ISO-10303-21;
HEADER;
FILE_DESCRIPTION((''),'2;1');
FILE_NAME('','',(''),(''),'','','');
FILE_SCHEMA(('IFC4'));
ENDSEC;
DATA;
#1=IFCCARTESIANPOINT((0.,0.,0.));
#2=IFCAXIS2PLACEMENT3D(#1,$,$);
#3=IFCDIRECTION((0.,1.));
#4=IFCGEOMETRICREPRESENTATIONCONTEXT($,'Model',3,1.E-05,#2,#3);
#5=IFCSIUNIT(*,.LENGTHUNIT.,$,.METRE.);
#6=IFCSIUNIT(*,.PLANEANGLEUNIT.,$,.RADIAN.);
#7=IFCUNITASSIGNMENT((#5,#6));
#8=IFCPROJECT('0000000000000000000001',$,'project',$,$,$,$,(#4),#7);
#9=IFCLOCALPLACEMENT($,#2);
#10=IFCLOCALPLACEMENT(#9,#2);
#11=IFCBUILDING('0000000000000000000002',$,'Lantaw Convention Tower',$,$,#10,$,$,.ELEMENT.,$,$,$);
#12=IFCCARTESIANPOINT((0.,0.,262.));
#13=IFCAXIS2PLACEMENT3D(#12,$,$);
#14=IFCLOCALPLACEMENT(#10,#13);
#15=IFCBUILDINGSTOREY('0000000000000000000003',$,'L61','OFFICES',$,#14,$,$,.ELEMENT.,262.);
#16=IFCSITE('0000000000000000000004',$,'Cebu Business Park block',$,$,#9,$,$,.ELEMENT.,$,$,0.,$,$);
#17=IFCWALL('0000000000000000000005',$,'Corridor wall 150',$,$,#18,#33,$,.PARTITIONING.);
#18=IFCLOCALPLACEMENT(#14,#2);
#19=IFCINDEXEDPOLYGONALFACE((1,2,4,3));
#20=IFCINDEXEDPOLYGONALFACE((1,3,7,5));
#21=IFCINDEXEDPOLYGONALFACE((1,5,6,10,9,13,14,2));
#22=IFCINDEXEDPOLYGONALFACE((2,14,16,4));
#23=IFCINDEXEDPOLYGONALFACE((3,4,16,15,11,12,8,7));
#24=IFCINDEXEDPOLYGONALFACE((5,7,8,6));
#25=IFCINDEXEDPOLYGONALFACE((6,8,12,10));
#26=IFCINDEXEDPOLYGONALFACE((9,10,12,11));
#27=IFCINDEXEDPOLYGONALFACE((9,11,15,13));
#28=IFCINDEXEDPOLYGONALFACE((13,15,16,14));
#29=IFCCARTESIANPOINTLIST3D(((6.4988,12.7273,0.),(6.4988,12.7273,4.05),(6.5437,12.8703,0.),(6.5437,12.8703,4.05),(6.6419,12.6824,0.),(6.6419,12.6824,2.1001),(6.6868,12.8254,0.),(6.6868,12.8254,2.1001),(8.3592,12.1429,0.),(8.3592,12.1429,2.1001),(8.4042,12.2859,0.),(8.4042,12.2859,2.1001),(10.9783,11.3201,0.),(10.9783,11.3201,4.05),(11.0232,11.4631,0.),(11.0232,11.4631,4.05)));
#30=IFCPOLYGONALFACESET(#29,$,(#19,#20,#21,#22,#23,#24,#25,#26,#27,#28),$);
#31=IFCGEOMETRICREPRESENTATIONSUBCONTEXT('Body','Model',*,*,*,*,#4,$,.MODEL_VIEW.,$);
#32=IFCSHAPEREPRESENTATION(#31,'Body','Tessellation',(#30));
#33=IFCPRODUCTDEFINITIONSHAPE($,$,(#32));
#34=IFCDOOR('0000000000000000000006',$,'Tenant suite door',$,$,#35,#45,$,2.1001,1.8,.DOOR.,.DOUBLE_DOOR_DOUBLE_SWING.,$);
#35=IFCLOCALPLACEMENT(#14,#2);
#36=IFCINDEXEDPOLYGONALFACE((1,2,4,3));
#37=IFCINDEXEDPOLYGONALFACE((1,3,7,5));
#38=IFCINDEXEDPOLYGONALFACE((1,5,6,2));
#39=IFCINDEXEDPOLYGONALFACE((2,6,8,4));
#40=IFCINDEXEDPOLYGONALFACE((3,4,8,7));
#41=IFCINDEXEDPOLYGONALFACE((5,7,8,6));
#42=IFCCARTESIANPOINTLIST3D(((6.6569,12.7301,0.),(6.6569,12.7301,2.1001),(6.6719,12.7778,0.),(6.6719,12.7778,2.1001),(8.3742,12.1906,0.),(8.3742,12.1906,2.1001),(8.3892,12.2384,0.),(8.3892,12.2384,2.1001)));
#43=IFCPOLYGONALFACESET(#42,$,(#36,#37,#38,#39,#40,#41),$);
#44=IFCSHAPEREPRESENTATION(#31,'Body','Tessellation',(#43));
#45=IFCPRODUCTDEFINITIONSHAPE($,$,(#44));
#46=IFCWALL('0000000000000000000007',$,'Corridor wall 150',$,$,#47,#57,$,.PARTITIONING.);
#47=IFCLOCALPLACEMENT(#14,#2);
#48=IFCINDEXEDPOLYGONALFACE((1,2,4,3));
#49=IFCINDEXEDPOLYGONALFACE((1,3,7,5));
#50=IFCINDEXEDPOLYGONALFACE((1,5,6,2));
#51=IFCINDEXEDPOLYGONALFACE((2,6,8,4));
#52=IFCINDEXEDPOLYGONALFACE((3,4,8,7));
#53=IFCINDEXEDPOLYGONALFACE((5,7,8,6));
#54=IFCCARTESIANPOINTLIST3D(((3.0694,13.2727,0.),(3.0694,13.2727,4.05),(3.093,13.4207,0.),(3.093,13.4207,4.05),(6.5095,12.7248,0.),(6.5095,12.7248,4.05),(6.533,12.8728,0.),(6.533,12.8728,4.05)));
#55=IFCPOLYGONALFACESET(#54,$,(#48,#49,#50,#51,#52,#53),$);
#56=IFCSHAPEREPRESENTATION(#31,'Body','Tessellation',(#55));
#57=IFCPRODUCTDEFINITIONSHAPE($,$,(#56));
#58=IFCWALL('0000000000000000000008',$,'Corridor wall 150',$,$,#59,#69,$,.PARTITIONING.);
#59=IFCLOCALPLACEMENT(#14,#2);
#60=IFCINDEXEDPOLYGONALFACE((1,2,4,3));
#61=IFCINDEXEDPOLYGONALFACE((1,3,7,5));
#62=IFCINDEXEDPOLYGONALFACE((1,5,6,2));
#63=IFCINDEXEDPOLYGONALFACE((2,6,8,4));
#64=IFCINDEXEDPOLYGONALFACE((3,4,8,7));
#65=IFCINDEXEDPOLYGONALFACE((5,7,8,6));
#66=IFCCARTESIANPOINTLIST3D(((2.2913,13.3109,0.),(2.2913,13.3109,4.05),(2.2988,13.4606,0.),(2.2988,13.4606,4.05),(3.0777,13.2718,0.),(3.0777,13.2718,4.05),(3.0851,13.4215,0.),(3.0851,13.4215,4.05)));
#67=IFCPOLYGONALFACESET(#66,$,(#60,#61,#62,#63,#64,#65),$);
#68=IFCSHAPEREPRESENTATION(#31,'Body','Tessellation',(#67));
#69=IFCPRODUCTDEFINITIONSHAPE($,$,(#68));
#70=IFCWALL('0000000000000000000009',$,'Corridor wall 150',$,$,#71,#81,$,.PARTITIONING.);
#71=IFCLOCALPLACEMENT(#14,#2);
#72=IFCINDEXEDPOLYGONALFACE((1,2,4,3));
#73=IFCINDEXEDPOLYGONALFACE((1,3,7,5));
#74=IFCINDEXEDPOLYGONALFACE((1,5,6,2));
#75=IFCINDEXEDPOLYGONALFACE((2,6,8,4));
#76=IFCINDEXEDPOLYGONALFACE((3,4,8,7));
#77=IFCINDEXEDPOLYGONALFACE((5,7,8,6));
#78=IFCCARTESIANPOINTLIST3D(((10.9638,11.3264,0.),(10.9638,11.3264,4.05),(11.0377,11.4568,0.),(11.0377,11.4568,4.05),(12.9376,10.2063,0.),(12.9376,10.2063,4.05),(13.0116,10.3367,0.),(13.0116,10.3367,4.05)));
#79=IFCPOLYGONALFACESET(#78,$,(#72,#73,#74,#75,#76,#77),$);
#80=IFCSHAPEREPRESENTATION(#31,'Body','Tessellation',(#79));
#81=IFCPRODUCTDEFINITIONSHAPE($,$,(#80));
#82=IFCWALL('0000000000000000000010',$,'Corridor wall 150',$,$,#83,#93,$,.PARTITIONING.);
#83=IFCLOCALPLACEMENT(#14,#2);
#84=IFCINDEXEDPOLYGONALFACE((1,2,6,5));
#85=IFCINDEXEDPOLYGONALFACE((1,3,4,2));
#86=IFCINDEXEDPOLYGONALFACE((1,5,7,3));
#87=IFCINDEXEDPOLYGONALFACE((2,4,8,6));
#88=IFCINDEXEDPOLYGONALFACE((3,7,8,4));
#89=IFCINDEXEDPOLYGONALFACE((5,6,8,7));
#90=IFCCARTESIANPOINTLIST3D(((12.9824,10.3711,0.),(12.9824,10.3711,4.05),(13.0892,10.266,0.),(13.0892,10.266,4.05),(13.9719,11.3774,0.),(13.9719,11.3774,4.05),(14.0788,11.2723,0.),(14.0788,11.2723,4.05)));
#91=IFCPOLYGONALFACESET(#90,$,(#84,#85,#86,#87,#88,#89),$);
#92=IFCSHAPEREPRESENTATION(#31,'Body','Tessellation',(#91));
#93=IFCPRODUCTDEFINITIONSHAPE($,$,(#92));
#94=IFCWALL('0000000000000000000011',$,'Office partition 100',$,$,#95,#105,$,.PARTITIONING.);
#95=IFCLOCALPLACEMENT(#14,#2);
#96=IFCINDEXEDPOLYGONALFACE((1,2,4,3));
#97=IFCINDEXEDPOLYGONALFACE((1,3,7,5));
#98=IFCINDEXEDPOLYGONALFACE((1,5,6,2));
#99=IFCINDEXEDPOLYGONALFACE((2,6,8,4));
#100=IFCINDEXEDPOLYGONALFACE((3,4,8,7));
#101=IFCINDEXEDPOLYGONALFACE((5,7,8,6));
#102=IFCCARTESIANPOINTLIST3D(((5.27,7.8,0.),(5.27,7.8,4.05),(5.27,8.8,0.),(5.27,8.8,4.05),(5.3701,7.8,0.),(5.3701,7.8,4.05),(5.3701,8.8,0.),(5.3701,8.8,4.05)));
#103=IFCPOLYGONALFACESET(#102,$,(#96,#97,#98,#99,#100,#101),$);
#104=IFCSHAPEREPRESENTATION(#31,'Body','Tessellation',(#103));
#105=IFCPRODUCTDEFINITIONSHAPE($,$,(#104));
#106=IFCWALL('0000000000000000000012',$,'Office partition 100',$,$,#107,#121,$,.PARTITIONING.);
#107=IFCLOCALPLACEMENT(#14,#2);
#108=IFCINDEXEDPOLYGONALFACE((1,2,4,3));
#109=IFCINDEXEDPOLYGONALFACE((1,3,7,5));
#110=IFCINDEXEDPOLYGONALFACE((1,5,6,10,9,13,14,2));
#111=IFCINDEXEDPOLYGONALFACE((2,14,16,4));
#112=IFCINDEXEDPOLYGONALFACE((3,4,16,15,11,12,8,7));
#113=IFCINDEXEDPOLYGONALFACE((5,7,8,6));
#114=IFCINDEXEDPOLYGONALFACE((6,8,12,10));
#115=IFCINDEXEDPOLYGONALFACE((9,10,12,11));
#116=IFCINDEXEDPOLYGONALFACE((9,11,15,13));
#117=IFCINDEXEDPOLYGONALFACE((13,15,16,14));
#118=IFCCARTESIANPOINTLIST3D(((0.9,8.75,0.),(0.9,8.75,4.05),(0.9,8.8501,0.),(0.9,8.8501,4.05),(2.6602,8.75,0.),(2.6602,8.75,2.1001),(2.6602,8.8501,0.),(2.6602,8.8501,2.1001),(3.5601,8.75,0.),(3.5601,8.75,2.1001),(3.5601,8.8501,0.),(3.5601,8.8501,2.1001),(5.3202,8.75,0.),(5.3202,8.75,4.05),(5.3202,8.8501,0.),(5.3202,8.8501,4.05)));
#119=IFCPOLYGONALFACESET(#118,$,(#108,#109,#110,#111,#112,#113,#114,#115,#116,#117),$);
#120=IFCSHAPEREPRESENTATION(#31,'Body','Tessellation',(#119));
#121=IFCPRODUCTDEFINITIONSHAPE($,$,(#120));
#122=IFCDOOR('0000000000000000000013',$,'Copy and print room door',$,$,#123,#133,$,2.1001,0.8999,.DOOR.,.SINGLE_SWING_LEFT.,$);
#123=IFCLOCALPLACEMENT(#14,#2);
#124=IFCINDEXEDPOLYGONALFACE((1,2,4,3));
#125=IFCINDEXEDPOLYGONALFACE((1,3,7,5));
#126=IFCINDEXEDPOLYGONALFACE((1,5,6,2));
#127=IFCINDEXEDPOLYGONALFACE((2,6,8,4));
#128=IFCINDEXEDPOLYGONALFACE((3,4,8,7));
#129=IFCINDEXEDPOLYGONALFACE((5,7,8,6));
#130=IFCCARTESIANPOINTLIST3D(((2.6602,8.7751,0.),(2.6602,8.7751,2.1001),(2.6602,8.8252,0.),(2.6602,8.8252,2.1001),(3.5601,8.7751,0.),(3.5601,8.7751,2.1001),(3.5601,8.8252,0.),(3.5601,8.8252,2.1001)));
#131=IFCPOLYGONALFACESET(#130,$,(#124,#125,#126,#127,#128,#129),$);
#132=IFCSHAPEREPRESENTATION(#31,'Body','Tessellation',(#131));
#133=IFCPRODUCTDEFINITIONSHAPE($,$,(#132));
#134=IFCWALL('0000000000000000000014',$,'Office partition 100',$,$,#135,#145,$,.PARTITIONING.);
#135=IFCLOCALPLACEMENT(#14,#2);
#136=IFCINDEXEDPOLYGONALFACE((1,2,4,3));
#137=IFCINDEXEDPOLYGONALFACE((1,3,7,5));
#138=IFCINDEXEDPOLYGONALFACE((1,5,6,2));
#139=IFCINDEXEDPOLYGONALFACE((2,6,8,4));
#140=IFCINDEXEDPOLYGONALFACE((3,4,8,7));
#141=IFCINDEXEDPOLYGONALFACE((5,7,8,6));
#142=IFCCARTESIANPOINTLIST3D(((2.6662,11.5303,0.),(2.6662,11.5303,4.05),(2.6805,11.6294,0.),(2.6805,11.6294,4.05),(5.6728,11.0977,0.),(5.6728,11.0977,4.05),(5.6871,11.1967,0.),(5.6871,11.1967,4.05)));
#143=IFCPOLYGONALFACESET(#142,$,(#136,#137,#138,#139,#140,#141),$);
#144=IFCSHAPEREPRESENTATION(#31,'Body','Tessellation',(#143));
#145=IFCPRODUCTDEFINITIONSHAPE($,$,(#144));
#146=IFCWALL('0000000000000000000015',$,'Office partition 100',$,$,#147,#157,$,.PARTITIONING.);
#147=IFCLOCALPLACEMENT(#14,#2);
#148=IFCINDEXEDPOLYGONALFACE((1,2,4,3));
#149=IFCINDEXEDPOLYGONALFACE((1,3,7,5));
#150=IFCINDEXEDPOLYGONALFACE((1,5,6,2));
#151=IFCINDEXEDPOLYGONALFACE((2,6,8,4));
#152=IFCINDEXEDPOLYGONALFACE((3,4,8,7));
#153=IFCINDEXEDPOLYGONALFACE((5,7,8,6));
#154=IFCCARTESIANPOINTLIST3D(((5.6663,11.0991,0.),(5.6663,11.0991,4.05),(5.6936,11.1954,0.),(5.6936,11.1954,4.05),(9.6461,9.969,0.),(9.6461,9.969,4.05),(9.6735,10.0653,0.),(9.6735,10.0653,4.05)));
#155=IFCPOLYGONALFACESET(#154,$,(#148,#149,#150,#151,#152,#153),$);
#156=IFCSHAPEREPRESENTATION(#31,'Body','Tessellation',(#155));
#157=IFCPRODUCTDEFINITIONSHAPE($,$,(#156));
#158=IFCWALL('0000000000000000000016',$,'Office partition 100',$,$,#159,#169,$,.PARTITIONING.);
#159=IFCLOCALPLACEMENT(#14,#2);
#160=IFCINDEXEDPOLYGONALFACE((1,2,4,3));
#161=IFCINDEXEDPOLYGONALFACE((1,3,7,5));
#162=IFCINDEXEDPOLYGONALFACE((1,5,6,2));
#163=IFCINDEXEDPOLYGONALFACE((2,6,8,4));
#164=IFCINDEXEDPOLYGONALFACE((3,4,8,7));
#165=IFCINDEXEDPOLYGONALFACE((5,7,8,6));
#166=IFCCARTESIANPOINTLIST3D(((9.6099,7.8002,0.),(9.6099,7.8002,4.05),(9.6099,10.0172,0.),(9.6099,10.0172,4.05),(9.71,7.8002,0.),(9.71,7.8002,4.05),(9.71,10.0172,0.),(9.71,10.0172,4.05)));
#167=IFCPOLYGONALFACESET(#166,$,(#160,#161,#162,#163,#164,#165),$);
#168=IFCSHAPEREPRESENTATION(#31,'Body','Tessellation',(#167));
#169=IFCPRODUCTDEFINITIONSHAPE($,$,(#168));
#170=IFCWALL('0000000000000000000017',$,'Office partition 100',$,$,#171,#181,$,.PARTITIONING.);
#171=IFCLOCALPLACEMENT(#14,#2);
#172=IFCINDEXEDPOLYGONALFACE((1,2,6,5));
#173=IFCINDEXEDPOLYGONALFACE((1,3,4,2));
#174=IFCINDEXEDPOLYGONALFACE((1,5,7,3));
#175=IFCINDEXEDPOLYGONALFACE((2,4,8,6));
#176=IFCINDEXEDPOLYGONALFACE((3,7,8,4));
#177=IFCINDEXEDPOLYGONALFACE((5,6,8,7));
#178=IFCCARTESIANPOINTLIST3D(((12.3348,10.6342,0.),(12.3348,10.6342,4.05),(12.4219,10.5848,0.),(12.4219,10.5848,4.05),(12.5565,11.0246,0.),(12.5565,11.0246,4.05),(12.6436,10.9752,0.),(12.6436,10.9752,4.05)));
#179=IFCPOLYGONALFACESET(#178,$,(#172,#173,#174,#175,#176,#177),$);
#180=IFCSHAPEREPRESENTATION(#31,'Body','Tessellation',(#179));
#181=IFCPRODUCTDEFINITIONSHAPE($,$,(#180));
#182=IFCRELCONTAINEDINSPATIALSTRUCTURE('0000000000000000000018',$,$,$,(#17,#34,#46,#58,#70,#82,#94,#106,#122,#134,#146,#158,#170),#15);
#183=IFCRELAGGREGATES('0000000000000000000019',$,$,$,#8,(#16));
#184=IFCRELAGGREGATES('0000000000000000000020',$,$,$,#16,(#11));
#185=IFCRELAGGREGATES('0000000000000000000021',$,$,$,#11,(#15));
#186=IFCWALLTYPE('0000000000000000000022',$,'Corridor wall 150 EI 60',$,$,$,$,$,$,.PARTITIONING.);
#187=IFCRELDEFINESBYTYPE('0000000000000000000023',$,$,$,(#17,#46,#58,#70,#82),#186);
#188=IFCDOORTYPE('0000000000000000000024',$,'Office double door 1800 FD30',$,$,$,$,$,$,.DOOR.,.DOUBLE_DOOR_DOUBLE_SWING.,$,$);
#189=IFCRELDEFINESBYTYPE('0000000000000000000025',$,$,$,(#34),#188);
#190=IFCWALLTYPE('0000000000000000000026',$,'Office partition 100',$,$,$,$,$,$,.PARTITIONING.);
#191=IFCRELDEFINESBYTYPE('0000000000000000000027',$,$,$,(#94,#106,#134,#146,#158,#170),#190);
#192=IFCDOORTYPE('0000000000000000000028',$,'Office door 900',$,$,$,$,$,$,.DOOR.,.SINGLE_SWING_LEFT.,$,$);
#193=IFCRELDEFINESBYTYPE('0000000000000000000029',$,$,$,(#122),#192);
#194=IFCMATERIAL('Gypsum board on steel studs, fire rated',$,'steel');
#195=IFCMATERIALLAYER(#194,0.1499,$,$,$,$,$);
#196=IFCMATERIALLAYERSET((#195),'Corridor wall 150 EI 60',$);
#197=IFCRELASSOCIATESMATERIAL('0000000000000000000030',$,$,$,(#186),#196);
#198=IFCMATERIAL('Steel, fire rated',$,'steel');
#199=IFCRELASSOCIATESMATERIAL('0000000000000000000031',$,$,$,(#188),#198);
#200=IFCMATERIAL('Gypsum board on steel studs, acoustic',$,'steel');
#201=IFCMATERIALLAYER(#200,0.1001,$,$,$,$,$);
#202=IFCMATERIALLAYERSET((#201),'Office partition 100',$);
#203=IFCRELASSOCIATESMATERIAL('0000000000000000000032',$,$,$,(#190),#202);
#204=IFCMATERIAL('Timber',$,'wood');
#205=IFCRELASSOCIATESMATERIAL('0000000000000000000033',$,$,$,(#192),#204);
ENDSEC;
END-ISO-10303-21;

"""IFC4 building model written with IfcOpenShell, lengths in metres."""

from ifc_helpers import new_model, si_unit, direction, frame, frame_2d, origin, place, context, subcontext, project, spatial, rectangle, extrude, material, layer, layer_set, type_object, element, fill, save


model = new_model("IFC4")

# Units and contexts
model_context = context("Model", 3, precision=1e-05, world=origin(), true_north=direction((0.0, 1.0)))
body_context = subcontext(model_context, "Body", "Model", "MODEL_VIEW")
ifc_project = project(units=[si_unit("LENGTHUNIT", "METRE"), si_unit("PLANEANGLEUNIT", "RADIAN")], contexts=[model_context])

# Site, building, storey
site_placement = place(None, origin())
site = spatial("IfcSite", under=ifc_project, at=site_placement, Name="Cebu Business Park block", CompositionType="ELEMENT", RefElevation=0.0)
building_placement = place(site_placement, origin())
building = spatial("IfcBuilding", under=site, at=building_placement, Name="Lantaw Convention Tower", CompositionType="ELEMENT")
storey_placement = place(building_placement, frame((0.0, 0.0, 262.0)))
storey = spatial("IfcBuildingStorey", under=building, at=storey_placement, Name="L61", Description="OFFICES", CompositionType="ELEMENT", Elevation=262.0)

# Wall, opening, door
ifc_material_1 = material(Name="Gypsum board on steel studs, fire rated", Category="steel")
ifc_layer_1 = layer(ifc_material_1, 0.1499)
ifc_layer_set_1 = layer_set([ifc_layer_1], Name="Corridor wall 150 EI 60")
wall_type_1 = type_object("IfcWallType", Name="Corridor wall 150 EI 60", PredefinedType="PARTITIONING", material=ifc_layer_set_1)
wall_1_placement = place(storey_placement, frame((11.0007, 11.3916, 0.0), z_axis=(0.0, 0.0, 1.0), x_axis=(-0.954031, 0.299708, 0.0)))
wall_1 = element("IfcWall", 1, at=wall_1_placement, inside=storey, type_object=wall_type_1, Name="Corridor wall 150", PredefinedType="PARTITIONING", context=body_context, shape_type="SweptSolid", body=[
    extrude(rectangle(XDim=4.6953, YDim=0.1499, at=frame_2d((2.3477, 0.0))), origin(), (0.0, 0.0, 1.0), 4.05),
])
opening_1_placement = place(wall_1_placement, frame((2.7454, 0.0, 0.0)))
opening_1 = element("IfcOpeningElement", 2, at=opening_1_placement, cuts=wall_1, PredefinedType="OPENING", context=body_context, shape_type="SweptSolid", body=[
    extrude(rectangle(XDim=1.8, YDim=2.1001, at=frame_2d((0.8999, 1.05))), frame((0.0, 0.085, 0.0), z_axis=(0.0, -1.0, 0.0), x_axis=(1.0, 0.0, 0.0)), (0.0, 0.0, 1.0), 0.1699),
])
ifc_material_2 = material(Name="Steel, fire rated", Category="steel")
door_type_1 = type_object("IfcDoorType", Name="Office double door 1800 FD30", OperationType="DOUBLE_DOOR_DOUBLE_SWING", PredefinedType="DOOR", material=ifc_material_2)
door_1_placement = place(opening_1_placement, origin())
door_1 = element("IfcDoor", 3, at=door_1_placement, inside=storey, type_object=door_type_1, Name="Tenant suite door", OperationType="DOUBLE_DOOR_DOUBLE_SWING", OverallHeight=2.1001, OverallWidth=1.8, PredefinedType="DOOR", context=body_context, shape_type="SweptSolid", body=[
    extrude(rectangle(XDim=1.8, YDim=2.1001, at=frame_2d((0.8999, 1.05))), frame((0.0, 0.0249, 0.0), z_axis=(0.0, -1.0, 0.0), x_axis=(1.0, 0.0, 0.0)), (0.0, 0.0, 1.0), 0.05),
])
fill(opening_1, door_1)

# Walls
wall_2_placement = place(storey_placement, frame((6.5212, 12.7988, 0.0), z_axis=(0.0, 0.0, 1.0), x_axis=(-0.987554, 0.15728, 0.0)))
element("IfcWall", 4, at=wall_2_placement, inside=storey, type_object=wall_type_1, Name="Corridor wall 150", PredefinedType="PARTITIONING", context=body_context, shape_type="SweptSolid", body=[
    extrude(rectangle(XDim=3.4834, YDim=0.1499, at=frame_2d((1.7417, 0.0))), origin(), (0.0, 0.0, 1.0), 4.05),
])
wall_3_placement = place(storey_placement, frame((3.0813, 13.3467, 0.0), z_axis=(0.0, 0.0, 1.0), x_axis=(-0.998769, 0.049613, 0.0)))
element("IfcWall", 5, at=wall_3_placement, inside=storey, type_object=wall_type_1, Name="Corridor wall 150", PredefinedType="PARTITIONING", context=body_context, shape_type="SweptSolid", body=[
    extrude(rectangle(XDim=0.7874, YDim=0.1499, at=frame_2d((0.3936, 0.0))), origin(), (0.0, 0.0, 1.0), 4.05),
])
wall_4_placement = place(storey_placement, frame((12.9746, 10.2715, 0.0), z_axis=(0.0, 0.0, 1.0), x_axis=(-0.869722, 0.493542, 0.0)))
element("IfcWall", 6, at=wall_4_placement, inside=storey, type_object=wall_type_1, Name="Corridor wall 150", PredefinedType="PARTITIONING", context=body_context, shape_type="SweptSolid", body=[
    extrude(rectangle(XDim=2.2695, YDim=0.1499, at=frame_2d((1.1348, 0.0))), origin(), (0.0, 0.0, 1.0), 4.05),
])
wall_5_placement = place(storey_placement, frame((13.0359, 10.3186, 0.0), z_axis=(0.0, 0.0, 1.0), x_axis=(0.701114, 0.71305, 0.0)))
element("IfcWall", 7, at=wall_5_placement, inside=storey, type_object=wall_type_1, Name="Corridor wall 150", PredefinedType="PARTITIONING", context=body_context, shape_type="SweptSolid", body=[
    extrude(rectangle(XDim=1.4114, YDim=0.1499, at=frame_2d((0.7056, 0.0))), origin(), (0.0, 0.0, 1.0), 4.05),
])
ifc_material_3 = material(Name="Gypsum board on steel studs, acoustic", Category="steel")
ifc_layer_2 = layer(ifc_material_3, 0.1001)
ifc_layer_set_2 = layer_set([ifc_layer_2], Name="Office partition 100")
wall_type_2 = type_object("IfcWallType", Name="Office partition 100", PredefinedType="PARTITIONING", material=ifc_layer_set_2)
wall_6_placement = place(storey_placement, frame((5.3201, 7.8, 0.0), z_axis=(0.0, 0.0, 1.0), x_axis=(0.0, 1.0, 0.0)))
element("IfcWall", 8, at=wall_6_placement, inside=storey, type_object=wall_type_2, Name="Office partition 100", PredefinedType="PARTITIONING", context=body_context, shape_type="SweptSolid", body=[
    extrude(rectangle(XDim=1.0, YDim=0.1001, at=frame_2d((0.5, 0.0))), origin(), (0.0, 0.0, 1.0), 4.05),
])

# Wall, opening, door
wall_7_placement = place(storey_placement, frame((5.3201, 8.8, 0.0), z_axis=(0.0, 0.0, 1.0), x_axis=(-1.0, 0.0, 0.0)))
wall_7 = element("IfcWall", 9, at=wall_7_placement, inside=storey, type_object=wall_type_2, Name="Office partition 100", PredefinedType="PARTITIONING", context=body_context, shape_type="SweptSolid", body=[
    extrude(rectangle(XDim=4.4202, YDim=0.1001, at=frame_2d((2.21, 0.0))), origin(), (0.0, 0.0, 1.0), 4.05),
])
opening_2_placement = place(wall_7_placement, frame((1.76, 0.0, 0.0)))
opening_2 = element("IfcOpeningElement", 10, at=opening_2_placement, cuts=wall_7, PredefinedType="OPENING", context=body_context, shape_type="SweptSolid", body=[
    extrude(rectangle(XDim=0.8999, YDim=2.1001, at=frame_2d((0.45, 1.05))), frame((0.0, 0.0601, 0.0), z_axis=(0.0, -1.0, 0.0), x_axis=(1.0, 0.0, 0.0)), (0.0, 0.0, 1.0), 0.1201),
])
ifc_material_4 = material(Name="Timber", Category="wood")
door_type_2 = type_object("IfcDoorType", Name="Office door 900", OperationType="SINGLE_SWING_LEFT", PredefinedType="DOOR", material=ifc_material_4)
door_2_placement = place(opening_2_placement, origin())
door_2 = element("IfcDoor", 11, at=door_2_placement, inside=storey, type_object=door_type_2, Name="Copy and print room door", OperationType="SINGLE_SWING_LEFT", OverallHeight=2.1001, OverallWidth=0.8999, PredefinedType="DOOR", context=body_context, shape_type="SweptSolid", body=[
    extrude(rectangle(XDim=0.8999, YDim=2.1001, at=frame_2d((0.45, 1.05))), frame((0.0, 0.0249, 0.0), z_axis=(0.0, -1.0, 0.0), x_axis=(1.0, 0.0, 0.0)), (0.0, 0.0, 1.0), 0.05),
])
fill(opening_2, door_2)

# Walls
wall_8_placement = place(storey_placement, frame((2.6733, 11.5798, 0.0), z_axis=(0.0, 0.0, 1.0), x_axis=(0.989806, -0.142423, 0.0)))
element("IfcWall", 12, at=wall_8_placement, inside=storey, type_object=wall_type_2, Name="Office partition 100", PredefinedType="PARTITIONING", context=body_context, shape_type="SweptSolid", body=[
    extrude(rectangle(XDim=3.0376, YDim=0.1001, at=frame_2d((1.5188, 0.0))), origin(), (0.0, 0.0, 1.0), 4.05),
])
wall_9_placement = place(storey_placement, frame((5.6799, 11.1472, 0.0), z_axis=(0.0, 0.0, 1.0), x_axis=(0.96197, -0.273154, 0.0)))
element("IfcWall", 13, at=wall_9_placement, inside=storey, type_object=wall_type_2, Name="Office partition 100", PredefinedType="PARTITIONING", context=body_context, shape_type="SweptSolid", body=[
    extrude(rectangle(XDim=4.1372, YDim=0.1001, at=frame_2d((2.0686, 0.0))), origin(), (0.0, 0.0, 1.0), 4.05),
])
wall_10_placement = place(storey_placement, frame((9.6599, 10.0171, 0.0), z_axis=(0.0, 0.0, 1.0), x_axis=(0.0, -1.0, 0.0)))
element("IfcWall", 14, at=wall_10_placement, inside=storey, type_object=wall_type_2, Name="Office partition 100", PredefinedType="PARTITIONING", context=body_context, shape_type="SweptSolid", body=[
    extrude(rectangle(XDim=2.217, YDim=0.1001, at=frame_2d((1.1084, 0.0))), origin(), (0.0, 0.0, 1.0), 4.05),
])
wall_11_placement = place(storey_placement, frame((12.6001, 11.0, 0.0), z_axis=(0.0, 0.0, 1.0), x_axis=(-0.493794, -0.869579, 0.0)))
element("IfcWall", 15, at=wall_11_placement, inside=storey, type_object=wall_type_2, Name="Office partition 100", PredefinedType="PARTITIONING", context=body_context, shape_type="SweptSolid", body=[
    extrude(rectangle(XDim=0.449, YDim=0.1001, at=frame_2d((0.2246, 0.0))), origin(), (0.0, 0.0, 1.0), 4.05),
])

save(model, "model.ifc")
